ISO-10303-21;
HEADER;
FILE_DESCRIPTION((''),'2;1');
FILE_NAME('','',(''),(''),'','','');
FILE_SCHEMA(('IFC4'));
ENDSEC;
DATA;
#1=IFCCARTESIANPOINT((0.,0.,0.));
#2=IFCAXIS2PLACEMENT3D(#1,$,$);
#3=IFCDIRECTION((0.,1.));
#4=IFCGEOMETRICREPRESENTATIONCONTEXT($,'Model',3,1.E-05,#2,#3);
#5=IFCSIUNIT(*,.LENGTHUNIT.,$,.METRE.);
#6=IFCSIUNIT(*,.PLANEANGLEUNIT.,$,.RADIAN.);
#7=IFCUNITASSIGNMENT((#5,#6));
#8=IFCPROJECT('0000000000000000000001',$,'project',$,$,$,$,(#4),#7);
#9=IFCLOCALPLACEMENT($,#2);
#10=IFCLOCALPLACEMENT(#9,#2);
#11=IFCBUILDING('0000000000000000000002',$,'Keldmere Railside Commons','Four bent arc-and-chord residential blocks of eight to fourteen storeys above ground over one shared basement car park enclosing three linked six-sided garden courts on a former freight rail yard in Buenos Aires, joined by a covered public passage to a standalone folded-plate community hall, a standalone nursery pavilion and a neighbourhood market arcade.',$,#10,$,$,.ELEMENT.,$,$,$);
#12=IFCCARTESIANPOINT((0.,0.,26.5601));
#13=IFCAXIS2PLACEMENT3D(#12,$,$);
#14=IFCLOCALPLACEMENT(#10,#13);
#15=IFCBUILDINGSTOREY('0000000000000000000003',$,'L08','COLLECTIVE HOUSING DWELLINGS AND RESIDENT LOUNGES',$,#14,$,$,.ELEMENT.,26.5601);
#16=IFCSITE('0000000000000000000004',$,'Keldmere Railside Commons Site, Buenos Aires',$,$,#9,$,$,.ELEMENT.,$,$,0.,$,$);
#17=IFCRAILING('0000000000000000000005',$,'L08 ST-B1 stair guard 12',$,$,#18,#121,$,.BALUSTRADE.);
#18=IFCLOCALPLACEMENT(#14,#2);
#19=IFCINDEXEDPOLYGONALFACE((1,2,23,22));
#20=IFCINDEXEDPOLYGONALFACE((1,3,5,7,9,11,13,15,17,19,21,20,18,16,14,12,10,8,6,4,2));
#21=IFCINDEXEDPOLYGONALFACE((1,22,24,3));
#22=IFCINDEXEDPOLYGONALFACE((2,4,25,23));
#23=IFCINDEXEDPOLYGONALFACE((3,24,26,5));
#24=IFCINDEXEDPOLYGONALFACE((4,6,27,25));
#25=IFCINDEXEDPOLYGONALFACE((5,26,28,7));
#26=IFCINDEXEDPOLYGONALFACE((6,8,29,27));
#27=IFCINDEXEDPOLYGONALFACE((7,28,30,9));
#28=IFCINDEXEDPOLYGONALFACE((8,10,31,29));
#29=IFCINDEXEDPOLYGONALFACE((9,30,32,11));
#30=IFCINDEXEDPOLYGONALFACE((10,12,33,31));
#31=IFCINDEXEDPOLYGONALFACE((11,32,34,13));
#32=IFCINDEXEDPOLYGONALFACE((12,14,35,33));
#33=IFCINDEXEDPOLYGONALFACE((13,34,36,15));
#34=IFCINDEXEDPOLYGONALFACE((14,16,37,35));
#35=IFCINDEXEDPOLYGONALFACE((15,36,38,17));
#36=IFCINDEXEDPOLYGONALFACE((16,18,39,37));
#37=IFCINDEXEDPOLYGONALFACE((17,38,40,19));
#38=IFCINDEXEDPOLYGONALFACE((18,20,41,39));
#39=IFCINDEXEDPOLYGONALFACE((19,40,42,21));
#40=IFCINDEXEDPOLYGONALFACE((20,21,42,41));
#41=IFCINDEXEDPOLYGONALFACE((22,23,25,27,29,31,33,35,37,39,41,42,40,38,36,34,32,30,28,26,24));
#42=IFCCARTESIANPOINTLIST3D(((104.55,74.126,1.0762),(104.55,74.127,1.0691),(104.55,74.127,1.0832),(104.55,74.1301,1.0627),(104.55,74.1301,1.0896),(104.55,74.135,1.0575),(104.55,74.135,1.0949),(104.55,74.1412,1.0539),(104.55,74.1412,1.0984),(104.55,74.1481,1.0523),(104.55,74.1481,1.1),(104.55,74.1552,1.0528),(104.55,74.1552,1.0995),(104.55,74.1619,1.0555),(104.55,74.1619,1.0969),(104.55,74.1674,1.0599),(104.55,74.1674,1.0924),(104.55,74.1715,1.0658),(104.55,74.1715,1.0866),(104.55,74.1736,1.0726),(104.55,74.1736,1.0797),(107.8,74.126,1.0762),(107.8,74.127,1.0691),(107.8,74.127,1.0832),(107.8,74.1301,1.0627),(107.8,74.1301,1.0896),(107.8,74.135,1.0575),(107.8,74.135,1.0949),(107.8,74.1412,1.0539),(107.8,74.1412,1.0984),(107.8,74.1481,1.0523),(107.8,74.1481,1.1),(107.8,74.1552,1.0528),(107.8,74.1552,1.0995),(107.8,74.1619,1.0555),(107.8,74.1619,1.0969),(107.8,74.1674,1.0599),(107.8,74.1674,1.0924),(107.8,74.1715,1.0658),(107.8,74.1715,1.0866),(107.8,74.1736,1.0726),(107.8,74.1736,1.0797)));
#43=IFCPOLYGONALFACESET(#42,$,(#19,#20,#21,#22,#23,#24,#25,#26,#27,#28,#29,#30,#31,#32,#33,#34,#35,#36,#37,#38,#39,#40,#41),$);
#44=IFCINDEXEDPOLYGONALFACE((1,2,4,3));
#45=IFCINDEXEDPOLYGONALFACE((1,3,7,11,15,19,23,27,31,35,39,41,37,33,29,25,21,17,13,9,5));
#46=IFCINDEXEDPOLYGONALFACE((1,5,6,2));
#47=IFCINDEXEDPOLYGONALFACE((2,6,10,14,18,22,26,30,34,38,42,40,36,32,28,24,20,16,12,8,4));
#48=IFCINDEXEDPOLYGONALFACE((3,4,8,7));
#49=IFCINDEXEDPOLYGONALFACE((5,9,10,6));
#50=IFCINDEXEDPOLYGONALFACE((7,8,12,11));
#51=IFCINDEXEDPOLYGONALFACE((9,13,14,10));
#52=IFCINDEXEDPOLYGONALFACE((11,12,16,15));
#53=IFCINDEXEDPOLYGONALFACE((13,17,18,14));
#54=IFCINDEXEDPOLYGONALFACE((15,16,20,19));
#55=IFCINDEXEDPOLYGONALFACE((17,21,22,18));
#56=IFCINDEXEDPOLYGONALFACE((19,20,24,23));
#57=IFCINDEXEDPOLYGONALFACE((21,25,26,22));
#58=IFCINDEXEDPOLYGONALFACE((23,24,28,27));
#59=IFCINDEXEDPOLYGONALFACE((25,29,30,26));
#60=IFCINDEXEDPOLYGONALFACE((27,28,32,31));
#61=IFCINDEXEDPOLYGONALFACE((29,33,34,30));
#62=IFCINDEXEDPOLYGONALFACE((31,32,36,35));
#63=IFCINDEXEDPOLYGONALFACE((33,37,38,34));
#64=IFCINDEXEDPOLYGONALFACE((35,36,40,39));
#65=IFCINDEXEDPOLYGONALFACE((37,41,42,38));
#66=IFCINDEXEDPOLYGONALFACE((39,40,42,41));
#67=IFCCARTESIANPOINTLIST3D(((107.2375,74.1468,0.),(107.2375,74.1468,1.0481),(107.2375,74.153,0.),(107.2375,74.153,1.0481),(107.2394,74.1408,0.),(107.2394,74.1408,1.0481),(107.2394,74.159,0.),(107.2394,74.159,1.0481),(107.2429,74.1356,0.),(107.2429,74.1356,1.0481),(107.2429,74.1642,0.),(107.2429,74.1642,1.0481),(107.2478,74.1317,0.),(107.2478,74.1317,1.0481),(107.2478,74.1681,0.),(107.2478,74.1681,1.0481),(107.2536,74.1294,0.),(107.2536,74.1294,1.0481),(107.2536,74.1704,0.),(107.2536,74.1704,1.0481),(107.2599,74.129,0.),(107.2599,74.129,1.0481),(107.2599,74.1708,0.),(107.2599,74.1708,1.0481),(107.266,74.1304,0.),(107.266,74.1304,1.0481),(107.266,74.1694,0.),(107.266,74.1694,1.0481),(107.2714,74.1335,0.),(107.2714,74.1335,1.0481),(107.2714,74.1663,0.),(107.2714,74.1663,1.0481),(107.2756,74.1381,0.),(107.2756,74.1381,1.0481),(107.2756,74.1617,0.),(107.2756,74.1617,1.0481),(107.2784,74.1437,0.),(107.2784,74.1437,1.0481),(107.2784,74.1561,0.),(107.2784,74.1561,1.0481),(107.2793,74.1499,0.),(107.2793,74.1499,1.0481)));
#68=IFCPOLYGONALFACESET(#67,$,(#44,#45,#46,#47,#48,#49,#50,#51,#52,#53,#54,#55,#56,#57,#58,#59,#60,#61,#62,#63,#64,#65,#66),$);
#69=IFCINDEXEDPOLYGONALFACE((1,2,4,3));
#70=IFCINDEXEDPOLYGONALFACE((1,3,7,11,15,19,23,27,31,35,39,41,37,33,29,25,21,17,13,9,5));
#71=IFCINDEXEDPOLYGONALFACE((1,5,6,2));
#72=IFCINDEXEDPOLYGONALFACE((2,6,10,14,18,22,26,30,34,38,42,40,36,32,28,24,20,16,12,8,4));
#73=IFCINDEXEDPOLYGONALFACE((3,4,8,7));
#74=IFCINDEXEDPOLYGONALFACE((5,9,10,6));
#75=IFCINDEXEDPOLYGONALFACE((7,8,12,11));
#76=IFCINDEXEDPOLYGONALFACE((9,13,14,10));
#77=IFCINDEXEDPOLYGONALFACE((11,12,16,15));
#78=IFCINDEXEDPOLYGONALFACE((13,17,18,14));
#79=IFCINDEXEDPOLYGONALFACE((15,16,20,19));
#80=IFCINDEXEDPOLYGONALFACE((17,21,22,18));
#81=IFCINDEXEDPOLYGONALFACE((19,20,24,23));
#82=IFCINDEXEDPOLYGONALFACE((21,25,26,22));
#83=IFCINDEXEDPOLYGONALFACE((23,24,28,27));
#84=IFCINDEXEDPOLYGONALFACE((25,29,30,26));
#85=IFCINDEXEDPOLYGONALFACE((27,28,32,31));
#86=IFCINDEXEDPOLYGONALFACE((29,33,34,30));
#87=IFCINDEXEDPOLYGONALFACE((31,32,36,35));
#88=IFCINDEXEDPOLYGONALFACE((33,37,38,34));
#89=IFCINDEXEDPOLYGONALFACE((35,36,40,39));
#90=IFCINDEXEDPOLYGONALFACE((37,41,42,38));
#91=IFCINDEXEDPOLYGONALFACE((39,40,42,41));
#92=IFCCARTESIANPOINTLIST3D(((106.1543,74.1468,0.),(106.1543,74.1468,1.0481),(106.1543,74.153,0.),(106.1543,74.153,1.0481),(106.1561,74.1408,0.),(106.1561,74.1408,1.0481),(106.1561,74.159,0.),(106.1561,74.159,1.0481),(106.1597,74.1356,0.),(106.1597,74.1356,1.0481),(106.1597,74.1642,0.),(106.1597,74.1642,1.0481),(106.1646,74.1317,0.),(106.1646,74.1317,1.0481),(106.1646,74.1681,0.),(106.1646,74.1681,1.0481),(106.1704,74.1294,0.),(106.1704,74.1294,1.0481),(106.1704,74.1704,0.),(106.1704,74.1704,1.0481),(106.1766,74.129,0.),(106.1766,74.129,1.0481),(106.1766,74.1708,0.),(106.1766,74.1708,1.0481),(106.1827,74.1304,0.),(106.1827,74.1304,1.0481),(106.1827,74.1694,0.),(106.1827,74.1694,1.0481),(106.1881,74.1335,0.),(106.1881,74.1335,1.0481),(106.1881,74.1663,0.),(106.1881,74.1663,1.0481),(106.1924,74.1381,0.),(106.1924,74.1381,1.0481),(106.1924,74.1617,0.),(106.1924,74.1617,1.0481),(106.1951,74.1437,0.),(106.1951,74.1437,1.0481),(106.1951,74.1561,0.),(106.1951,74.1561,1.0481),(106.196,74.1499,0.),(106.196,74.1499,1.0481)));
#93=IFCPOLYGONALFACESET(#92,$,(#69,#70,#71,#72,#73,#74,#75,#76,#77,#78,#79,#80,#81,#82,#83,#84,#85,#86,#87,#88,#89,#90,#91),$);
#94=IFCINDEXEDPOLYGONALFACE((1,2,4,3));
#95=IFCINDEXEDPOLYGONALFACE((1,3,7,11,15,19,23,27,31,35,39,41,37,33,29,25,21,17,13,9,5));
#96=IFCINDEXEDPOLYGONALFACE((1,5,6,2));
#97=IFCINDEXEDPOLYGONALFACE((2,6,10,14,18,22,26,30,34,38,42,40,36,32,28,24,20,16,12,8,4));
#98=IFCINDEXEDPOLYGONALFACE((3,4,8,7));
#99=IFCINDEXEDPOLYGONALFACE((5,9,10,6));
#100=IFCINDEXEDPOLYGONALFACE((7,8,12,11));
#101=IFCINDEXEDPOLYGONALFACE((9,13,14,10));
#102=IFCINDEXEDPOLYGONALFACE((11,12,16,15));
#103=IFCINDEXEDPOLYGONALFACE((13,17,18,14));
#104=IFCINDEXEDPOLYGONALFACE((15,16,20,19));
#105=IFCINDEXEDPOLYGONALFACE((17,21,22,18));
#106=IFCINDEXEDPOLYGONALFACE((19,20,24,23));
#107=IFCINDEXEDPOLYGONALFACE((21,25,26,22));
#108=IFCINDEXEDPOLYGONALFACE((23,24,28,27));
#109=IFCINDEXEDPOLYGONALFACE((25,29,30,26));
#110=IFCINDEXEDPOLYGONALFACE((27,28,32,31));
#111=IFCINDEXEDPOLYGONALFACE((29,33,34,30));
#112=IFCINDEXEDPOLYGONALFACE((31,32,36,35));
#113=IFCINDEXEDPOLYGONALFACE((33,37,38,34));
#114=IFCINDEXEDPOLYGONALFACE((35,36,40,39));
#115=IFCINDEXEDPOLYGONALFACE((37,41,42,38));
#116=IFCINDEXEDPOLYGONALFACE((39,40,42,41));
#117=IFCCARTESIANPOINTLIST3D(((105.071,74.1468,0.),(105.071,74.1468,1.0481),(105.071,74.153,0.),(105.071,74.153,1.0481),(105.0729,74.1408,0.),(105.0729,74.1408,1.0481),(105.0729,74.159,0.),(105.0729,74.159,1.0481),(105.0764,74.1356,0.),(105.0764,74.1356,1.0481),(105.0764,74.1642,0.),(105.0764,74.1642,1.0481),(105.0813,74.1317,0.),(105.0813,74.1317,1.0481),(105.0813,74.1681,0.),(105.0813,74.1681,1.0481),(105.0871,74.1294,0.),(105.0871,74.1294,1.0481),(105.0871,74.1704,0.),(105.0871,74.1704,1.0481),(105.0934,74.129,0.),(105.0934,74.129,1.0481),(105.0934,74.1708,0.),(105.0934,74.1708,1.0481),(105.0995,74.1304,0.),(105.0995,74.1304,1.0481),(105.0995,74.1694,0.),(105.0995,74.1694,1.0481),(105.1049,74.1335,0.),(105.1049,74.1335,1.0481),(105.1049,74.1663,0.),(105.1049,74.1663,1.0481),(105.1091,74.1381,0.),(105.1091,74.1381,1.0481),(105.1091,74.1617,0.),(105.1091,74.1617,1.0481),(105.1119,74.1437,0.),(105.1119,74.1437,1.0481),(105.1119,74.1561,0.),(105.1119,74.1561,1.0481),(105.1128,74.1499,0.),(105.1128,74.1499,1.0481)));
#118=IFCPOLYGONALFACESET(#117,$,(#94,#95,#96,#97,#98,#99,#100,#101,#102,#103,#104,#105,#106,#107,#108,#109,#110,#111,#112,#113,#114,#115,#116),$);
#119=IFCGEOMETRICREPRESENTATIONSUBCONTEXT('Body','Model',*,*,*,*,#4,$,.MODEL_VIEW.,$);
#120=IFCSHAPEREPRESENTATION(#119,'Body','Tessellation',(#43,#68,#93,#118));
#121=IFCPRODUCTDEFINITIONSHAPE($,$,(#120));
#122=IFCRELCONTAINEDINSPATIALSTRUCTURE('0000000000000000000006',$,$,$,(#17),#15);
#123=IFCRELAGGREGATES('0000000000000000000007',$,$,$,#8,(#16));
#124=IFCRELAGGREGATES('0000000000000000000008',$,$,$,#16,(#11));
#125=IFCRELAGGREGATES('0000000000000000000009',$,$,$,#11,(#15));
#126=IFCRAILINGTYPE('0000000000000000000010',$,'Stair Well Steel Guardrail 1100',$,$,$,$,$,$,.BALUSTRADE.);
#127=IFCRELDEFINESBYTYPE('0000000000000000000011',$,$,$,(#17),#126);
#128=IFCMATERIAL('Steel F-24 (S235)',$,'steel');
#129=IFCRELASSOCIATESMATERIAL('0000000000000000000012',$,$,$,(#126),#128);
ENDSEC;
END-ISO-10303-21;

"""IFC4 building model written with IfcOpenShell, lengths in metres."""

from ifc_helpers import new_model, si_unit, direction, frame, origin, origin_2d, place, context, subcontext, project, spatial, circle, extrude, material, type_object, element, save


model = new_model("IFC4")

# Units and contexts
model_context = context("Model", 3, precision=1e-05, world=origin(), true_north=direction((0.0, 1.0)))
body_context = subcontext(model_context, "Body", "Model", "MODEL_VIEW")
ifc_project = project(units=[si_unit("LENGTHUNIT", "METRE"), si_unit("PLANEANGLEUNIT", "RADIAN")], contexts=[model_context])

# Site, building, storey
site_placement = place(None, origin())
site = spatial("IfcSite", under=ifc_project, at=site_placement, Name="Keldmere Railside Commons Site, Buenos Aires", CompositionType="ELEMENT", RefElevation=0.0)
building_placement = place(site_placement, origin())
building = spatial("IfcBuilding", under=site, at=building_placement, Name="Keldmere Railside Commons", Description="Four bent arc-and-chord residential blocks of eight to fourteen storeys above ground over one shared basement car park enclosing three linked six-sided garden courts on a former freight rail yard in Buenos Aires, joined by a covered public passage to a standalone folded-plate community hall, a standalone nursery pavilion and a neighbourhood market arcade.", CompositionType="ELEMENT")
storey_placement = place(building_placement, frame((0.0, 0.0, 26.5601)))
storey = spatial("IfcBuildingStorey", under=building, at=storey_placement, Name="L08", Description="COLLECTIVE HOUSING DWELLINGS AND RESIDENT LOUNGES", CompositionType="ELEMENT", Elevation=26.5601)

# Shared definitions
ifc_material_1 = material(Name="Steel F-24 (S235)", Category="steel")

# Railing
railing_type_1 = type_object("IfcRailingType", Name="Stair Well Steel Guardrail 1100", PredefinedType="BALUSTRADE", material=ifc_material_1)
railing_1_placement = place(storey_placement, frame((107.8, 74.1499, 0.0)))
element("IfcRailing", 1, at=railing_1_placement, inside=storey, type_object=railing_type_1, Name="L08 ST-B1 stair guard 12", PredefinedType="BALUSTRADE", context=body_context, shape_type="SweptSolid", body=[
    extrude(circle(Radius=0.0239, at=origin_2d()), frame((0.0, 0.0, 1.0762), z_axis=(-1.0, 0.0, 0.0), x_axis=(0.0, -1.0, 0.0)), (0.0, 0.0, 1.0), 3.25),
    extrude(circle(Radius=0.021, at=origin_2d()), frame((-0.5417, 0.0, 0.0)), (0.0, 0.0, 1.0), 1.0481),
    extrude(circle(Radius=0.021, at=origin_2d()), frame((-1.625, 0.0, 0.0)), (0.0, 0.0, 1.0), 1.0481),
    extrude(circle(Radius=0.021, at=origin_2d()), frame((-2.7083, 0.0, 0.0)), (0.0, 0.0, 1.0), 1.0481),
])

save(model, "model.ifc")
